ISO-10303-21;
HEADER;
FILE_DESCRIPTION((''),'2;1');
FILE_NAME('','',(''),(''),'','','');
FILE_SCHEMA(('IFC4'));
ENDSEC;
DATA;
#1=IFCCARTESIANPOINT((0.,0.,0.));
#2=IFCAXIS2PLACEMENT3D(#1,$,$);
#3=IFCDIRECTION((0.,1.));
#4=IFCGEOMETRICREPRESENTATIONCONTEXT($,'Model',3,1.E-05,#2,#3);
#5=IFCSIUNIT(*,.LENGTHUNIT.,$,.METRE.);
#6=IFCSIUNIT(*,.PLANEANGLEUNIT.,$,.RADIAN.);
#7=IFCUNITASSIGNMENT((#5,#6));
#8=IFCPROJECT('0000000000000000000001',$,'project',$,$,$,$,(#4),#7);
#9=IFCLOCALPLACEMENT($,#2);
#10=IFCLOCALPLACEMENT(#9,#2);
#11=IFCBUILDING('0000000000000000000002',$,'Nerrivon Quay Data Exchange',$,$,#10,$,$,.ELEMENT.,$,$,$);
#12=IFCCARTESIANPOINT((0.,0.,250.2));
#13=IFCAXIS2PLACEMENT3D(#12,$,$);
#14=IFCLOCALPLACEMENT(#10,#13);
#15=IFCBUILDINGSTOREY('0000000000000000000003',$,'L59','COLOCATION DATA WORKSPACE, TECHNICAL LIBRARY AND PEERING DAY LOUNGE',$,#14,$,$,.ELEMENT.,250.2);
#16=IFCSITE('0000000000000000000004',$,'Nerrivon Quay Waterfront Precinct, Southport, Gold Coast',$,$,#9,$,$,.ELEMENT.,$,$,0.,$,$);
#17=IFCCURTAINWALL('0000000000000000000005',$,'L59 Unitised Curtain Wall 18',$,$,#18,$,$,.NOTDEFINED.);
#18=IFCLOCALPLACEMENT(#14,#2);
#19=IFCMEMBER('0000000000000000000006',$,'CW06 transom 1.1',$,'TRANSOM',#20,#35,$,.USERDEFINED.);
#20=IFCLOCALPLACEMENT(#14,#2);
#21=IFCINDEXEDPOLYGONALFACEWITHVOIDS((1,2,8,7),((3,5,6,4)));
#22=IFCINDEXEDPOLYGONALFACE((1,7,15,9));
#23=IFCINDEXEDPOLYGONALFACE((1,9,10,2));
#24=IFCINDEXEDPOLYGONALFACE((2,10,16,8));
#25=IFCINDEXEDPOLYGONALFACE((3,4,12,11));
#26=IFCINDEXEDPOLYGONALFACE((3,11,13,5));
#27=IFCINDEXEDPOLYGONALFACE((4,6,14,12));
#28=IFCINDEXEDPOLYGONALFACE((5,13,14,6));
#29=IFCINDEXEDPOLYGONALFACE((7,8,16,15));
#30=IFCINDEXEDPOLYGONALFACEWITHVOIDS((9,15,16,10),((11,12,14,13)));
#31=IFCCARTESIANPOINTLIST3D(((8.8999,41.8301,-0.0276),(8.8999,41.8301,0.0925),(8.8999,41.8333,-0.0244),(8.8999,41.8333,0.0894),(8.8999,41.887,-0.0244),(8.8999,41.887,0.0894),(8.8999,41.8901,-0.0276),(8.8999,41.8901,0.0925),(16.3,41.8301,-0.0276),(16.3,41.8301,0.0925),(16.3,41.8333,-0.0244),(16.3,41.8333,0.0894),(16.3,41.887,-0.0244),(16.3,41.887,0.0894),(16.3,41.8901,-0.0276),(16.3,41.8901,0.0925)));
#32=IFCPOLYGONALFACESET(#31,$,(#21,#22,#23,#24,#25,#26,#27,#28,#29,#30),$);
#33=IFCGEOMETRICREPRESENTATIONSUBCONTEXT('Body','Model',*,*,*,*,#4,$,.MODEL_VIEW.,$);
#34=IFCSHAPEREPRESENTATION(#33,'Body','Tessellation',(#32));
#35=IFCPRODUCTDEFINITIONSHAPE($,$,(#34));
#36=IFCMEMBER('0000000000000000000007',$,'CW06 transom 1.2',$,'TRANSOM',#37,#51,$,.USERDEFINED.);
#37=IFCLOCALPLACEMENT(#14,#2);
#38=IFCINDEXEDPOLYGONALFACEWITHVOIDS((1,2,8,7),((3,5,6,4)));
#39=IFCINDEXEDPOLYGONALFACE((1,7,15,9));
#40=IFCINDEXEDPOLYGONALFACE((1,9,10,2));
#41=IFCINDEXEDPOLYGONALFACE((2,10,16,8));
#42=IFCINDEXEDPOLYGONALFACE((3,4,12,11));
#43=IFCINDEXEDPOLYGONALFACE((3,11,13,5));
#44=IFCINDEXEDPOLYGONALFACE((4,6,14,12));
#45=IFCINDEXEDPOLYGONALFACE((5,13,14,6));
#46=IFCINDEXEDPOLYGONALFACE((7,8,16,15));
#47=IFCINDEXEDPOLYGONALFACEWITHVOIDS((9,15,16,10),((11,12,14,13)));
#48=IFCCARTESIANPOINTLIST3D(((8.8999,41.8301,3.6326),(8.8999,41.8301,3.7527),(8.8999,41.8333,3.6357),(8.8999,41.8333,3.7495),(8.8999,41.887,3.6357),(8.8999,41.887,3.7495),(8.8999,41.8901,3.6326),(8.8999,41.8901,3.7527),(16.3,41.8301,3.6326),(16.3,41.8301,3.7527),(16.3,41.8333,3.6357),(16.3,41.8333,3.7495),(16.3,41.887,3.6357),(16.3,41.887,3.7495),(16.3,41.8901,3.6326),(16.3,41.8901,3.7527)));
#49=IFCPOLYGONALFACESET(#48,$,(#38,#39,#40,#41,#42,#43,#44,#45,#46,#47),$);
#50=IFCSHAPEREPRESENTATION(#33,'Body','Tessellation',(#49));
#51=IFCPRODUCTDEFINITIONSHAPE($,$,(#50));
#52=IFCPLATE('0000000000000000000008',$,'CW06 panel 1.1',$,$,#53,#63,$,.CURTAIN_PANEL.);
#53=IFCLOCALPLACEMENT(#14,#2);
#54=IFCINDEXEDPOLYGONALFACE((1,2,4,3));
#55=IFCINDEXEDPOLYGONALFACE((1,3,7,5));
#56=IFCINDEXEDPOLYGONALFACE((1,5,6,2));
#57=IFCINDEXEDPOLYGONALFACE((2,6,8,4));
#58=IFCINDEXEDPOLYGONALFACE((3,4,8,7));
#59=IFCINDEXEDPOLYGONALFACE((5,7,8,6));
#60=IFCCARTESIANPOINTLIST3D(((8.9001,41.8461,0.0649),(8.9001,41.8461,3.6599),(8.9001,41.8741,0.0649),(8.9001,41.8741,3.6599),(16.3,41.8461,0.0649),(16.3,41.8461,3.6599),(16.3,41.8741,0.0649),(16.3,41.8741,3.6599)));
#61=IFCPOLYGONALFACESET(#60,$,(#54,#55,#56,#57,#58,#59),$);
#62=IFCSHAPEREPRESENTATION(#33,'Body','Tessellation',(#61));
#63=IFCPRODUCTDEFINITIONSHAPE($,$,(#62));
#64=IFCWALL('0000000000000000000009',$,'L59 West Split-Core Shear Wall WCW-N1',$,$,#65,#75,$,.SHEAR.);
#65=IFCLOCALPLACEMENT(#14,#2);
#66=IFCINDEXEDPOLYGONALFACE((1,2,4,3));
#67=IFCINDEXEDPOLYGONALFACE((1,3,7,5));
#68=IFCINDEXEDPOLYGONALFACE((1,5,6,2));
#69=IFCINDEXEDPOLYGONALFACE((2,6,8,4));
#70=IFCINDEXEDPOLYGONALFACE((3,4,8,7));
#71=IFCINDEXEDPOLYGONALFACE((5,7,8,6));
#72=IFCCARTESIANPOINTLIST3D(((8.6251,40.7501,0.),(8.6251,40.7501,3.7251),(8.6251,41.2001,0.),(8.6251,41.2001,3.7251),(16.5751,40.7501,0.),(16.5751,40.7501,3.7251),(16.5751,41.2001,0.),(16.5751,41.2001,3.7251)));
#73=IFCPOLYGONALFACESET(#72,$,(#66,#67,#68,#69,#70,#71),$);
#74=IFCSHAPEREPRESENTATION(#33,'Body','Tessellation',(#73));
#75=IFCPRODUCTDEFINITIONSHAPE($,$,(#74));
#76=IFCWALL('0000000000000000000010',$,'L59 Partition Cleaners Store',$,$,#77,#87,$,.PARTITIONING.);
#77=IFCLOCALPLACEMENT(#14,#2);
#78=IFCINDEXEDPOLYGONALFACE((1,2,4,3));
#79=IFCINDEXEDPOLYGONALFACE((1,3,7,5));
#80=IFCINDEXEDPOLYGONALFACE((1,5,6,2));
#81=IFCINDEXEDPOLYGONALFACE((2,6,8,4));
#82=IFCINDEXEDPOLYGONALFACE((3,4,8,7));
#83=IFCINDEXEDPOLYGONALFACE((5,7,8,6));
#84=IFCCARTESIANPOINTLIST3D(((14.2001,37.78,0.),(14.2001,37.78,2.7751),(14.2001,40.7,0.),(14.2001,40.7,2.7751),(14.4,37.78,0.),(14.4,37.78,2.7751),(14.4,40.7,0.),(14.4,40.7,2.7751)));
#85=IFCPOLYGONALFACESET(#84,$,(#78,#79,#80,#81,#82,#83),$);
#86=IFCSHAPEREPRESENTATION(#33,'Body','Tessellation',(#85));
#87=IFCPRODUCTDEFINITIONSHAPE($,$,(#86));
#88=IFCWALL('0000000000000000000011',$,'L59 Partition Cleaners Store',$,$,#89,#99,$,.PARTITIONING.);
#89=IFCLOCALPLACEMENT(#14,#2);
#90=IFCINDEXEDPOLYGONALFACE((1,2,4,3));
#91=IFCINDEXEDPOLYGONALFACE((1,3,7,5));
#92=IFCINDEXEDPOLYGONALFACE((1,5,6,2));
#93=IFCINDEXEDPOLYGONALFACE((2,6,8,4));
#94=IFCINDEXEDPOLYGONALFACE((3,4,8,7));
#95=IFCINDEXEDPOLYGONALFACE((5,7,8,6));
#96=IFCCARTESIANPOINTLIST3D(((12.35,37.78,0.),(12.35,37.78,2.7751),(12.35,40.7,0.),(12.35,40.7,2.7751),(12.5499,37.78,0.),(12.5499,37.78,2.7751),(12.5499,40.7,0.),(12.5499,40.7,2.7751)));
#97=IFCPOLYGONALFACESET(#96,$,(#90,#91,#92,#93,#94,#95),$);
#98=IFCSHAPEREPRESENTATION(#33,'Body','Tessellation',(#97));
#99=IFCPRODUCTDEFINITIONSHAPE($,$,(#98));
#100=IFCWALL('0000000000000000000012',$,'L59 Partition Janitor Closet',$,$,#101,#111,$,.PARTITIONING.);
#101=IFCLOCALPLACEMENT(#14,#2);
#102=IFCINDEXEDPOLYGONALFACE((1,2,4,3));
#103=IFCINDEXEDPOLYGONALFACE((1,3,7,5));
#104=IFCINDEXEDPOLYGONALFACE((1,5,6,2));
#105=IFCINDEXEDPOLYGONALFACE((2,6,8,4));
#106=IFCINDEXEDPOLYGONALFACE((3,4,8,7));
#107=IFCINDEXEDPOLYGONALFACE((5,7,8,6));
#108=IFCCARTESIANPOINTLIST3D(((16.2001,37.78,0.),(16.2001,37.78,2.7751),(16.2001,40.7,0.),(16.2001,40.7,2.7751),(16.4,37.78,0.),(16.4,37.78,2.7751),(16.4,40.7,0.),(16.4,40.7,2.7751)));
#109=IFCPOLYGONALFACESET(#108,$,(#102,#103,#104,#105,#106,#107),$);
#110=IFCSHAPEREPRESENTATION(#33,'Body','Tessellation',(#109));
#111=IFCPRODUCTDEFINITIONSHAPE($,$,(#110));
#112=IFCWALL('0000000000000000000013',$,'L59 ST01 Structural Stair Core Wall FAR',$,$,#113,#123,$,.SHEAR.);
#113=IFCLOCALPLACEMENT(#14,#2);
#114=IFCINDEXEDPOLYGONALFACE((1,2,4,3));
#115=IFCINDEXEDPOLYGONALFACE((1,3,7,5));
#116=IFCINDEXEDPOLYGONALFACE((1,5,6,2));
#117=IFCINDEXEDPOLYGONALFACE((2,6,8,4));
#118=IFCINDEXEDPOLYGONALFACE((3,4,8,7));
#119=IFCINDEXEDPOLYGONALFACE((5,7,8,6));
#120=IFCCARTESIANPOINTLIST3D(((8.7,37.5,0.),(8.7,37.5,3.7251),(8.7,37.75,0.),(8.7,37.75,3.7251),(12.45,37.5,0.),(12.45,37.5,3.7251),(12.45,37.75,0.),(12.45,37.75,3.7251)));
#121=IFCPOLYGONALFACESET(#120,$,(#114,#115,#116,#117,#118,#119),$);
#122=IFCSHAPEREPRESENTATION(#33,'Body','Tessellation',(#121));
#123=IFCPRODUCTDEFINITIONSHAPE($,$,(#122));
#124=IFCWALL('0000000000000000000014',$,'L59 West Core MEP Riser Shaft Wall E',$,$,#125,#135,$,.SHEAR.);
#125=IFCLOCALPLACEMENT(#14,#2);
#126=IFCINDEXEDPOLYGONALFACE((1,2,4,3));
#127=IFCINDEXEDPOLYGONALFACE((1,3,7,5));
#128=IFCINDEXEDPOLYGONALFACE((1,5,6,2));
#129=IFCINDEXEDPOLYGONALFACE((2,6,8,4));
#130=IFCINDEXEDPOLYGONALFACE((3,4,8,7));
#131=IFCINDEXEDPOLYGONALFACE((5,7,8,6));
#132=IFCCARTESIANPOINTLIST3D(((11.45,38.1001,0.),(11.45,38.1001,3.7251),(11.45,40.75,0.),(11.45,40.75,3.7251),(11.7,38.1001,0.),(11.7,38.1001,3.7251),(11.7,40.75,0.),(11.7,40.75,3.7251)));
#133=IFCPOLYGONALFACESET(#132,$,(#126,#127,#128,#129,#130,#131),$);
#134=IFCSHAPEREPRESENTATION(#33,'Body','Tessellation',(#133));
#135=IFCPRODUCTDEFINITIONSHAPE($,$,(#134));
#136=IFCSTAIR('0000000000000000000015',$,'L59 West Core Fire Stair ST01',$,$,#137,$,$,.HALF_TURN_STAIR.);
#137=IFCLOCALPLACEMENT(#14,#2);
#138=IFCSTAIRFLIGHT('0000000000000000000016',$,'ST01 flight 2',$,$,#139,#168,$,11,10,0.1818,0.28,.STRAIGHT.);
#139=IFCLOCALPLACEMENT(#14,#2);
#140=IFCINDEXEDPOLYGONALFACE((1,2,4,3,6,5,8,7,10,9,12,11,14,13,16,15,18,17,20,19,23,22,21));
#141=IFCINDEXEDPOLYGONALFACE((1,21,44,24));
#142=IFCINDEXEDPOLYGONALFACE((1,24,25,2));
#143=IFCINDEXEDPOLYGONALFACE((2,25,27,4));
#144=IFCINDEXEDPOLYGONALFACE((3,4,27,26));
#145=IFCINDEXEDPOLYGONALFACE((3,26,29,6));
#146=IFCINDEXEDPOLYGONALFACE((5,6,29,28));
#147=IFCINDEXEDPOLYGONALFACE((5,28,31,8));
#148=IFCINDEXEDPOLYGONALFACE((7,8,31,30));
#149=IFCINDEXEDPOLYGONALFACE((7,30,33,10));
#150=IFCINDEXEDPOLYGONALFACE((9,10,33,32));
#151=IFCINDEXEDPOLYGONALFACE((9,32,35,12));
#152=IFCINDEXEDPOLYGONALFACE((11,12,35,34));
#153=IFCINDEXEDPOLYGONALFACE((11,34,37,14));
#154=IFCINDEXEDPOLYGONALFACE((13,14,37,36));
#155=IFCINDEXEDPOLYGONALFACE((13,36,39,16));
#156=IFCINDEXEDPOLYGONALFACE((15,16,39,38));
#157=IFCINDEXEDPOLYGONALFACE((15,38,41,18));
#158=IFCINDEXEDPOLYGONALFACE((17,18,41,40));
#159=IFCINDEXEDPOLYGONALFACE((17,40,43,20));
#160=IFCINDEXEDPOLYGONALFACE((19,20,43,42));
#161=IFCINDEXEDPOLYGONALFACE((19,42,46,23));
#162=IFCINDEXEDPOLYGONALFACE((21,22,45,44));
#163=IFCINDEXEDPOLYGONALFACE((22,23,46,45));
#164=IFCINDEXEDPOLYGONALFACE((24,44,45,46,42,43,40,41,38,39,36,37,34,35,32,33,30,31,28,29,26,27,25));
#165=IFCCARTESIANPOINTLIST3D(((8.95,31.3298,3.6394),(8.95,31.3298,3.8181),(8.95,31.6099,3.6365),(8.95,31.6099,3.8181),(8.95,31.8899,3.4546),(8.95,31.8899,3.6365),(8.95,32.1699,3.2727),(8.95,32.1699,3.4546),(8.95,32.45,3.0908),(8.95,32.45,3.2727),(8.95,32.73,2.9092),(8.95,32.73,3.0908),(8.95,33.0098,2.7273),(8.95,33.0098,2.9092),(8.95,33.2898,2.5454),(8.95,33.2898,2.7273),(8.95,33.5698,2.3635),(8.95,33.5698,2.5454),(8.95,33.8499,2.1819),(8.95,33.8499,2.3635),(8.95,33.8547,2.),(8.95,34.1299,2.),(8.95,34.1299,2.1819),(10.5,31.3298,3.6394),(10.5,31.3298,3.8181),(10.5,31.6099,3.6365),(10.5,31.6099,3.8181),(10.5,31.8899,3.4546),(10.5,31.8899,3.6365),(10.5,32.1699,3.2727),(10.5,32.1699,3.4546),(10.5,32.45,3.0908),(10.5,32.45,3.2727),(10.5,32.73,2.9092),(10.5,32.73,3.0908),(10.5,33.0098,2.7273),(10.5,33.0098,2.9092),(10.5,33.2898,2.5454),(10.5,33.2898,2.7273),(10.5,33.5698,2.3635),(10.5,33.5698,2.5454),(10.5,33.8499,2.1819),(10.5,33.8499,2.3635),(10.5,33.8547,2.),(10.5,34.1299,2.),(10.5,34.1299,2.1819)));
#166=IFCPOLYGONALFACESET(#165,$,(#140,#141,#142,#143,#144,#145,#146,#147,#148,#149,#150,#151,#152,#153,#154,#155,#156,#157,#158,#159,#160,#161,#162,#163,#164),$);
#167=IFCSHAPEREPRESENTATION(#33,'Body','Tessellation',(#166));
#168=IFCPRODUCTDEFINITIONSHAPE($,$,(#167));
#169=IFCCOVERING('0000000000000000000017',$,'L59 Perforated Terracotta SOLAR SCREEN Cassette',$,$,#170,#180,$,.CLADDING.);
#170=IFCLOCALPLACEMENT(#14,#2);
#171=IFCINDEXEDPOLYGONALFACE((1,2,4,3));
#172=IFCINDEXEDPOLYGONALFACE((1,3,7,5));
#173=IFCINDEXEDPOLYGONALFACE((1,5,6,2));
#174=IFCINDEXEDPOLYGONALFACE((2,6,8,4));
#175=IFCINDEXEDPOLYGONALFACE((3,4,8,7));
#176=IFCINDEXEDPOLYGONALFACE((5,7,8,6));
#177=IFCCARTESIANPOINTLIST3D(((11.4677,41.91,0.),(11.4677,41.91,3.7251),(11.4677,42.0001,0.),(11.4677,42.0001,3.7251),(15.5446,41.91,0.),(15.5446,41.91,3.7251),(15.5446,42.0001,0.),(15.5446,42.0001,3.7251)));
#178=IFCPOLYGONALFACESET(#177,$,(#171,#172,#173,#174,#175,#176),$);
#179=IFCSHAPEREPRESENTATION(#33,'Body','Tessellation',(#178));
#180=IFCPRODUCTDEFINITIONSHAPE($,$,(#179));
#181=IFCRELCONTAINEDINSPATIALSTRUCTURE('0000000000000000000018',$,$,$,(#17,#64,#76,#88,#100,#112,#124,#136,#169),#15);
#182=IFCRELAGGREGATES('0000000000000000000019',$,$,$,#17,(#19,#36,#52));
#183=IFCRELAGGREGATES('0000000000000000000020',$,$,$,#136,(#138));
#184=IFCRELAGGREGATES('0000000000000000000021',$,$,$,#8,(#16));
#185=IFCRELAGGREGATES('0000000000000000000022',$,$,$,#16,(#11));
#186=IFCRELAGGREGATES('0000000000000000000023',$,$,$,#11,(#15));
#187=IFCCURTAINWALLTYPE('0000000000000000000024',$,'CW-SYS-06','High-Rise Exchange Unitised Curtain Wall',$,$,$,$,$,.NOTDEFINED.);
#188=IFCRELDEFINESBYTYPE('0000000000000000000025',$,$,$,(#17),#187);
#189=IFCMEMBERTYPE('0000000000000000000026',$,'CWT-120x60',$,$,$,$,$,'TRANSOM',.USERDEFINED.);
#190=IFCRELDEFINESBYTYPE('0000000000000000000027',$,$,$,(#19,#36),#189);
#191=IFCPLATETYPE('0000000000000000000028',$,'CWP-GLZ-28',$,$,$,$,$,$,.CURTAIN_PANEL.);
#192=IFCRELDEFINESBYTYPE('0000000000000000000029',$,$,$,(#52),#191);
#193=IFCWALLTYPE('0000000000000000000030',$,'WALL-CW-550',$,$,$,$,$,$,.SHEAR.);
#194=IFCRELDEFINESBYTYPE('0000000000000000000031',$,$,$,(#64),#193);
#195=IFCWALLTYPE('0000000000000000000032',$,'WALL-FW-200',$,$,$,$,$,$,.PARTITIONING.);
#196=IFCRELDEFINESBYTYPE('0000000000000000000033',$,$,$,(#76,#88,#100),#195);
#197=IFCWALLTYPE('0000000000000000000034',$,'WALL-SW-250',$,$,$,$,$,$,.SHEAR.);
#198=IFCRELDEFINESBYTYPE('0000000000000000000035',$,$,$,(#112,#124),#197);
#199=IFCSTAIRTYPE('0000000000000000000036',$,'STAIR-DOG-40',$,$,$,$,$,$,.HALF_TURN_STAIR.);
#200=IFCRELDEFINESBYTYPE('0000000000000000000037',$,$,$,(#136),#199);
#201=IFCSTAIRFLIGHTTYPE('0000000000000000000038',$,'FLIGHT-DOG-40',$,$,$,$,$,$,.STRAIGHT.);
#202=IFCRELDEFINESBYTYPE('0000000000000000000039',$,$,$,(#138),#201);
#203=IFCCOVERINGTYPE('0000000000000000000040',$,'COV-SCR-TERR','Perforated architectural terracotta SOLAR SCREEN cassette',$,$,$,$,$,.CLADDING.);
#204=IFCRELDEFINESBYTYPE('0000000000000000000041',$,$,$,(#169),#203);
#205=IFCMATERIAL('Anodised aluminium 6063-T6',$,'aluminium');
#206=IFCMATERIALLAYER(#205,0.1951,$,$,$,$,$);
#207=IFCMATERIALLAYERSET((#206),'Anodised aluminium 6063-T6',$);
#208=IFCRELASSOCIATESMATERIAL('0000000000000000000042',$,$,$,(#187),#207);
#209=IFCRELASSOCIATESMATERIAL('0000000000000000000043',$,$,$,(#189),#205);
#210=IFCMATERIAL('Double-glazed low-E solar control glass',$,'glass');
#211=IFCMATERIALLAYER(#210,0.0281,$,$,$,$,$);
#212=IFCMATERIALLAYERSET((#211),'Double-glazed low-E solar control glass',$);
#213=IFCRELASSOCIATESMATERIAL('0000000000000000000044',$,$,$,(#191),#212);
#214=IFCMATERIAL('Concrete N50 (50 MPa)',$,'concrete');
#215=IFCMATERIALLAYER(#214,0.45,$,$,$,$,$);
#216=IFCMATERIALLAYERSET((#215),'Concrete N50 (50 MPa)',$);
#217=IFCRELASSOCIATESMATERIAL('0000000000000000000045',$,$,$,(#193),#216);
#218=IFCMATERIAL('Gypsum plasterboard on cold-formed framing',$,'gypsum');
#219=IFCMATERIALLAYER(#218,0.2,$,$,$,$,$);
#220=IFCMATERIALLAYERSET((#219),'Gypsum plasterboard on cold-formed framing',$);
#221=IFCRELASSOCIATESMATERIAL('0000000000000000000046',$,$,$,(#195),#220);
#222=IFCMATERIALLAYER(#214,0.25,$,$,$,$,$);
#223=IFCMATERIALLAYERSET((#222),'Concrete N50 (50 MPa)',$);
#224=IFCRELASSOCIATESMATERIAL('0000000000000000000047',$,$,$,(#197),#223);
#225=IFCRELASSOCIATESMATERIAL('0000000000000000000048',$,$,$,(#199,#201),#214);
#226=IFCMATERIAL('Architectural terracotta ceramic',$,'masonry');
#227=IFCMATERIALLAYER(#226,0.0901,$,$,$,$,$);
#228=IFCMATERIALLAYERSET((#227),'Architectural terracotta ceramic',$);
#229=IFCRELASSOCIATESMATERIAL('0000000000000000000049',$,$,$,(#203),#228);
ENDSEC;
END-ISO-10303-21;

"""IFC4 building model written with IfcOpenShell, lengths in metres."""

from ifc_helpers import new_model, si_unit, direction, frame, frame_2d, origin, origin_2d, place, context, subcontext, project, spatial, polyline, rectangle, hollow_rectangle, outline, extrude, material, layer, layer_set, material_profile, profile_set, type_object, element, aggregate, save


model = new_model("IFC4")

# Units and contexts
model_context = context("Model", 3, precision=1e-05, world=origin(), true_north=direction((0.0, 1.0)))
body_context = subcontext(model_context, "Body", "Model", "MODEL_VIEW")
ifc_project = project(units=[si_unit("LENGTHUNIT", "METRE"), si_unit("PLANEANGLEUNIT", "RADIAN")], contexts=[model_context])

# Site, building, storey
site_placement = place(None, origin())
site = spatial("IfcSite", under=ifc_project, at=site_placement, Name="Nerrivon Quay Waterfront Precinct, Southport, Gold Coast", CompositionType="ELEMENT", RefElevation=0.0)
building_placement = place(site_placement, origin())
building = spatial("IfcBuilding", under=site, at=building_placement, Name="Nerrivon Quay Data Exchange", CompositionType="ELEMENT")
storey_placement = place(building_placement, frame((0.0, 0.0, 250.2)))
storey = spatial("IfcBuildingStorey", under=building, at=storey_placement, Name="L59", Description="COLOCATION DATA WORKSPACE, TECHNICAL LIBRARY AND PEERING DAY LOUNGE", CompositionType="ELEMENT", Elevation=250.2)

# Shared definitions
ifc_material_1 = material(Name="Concrete N50 (50 MPa)", Category="concrete")

# Curtain wall, members, plate
ifc_material_2 = material(Name="Anodised aluminium 6063-T6", Category="aluminium")
ifc_layer_1 = layer(ifc_material_2, 0.1951)
ifc_layer_set_1 = layer_set([ifc_layer_1], Name="Anodised aluminium 6063-T6")
curtain_wall_type = type_object("IfcCurtainWallType", Name="CW-SYS-06", Description="High-Rise Exchange Unitised Curtain Wall", PredefinedType="NOTDEFINED", material=ifc_layer_set_1)
curtain_wall_placement = place(storey_placement, origin())
curtain_wall = element("IfcCurtainWall", 1, at=curtain_wall_placement, inside=storey, type_object=curtain_wall_type, Name="L59 Unitised Curtain Wall 18", PredefinedType="NOTDEFINED")
ifc_material_profile_1 = material_profile(ifc_material_2, hollow_rectangle(XDim=0.0601, YDim=0.1201, WallThickness=0.0032, at=origin_2d()), Name="ALU-TRAN-120x60")
ifc_profile_set_1 = profile_set([ifc_material_profile_1], Name="Anodised aluminium 6063-T6")
member_type_1 = type_object("IfcMemberType", Name="CWT-120x60", ElementType="TRANSOM", PredefinedType="USERDEFINED", material=ifc_profile_set_1)
member_1_placement = place(storey_placement, frame((8.8999, 41.8601, 0.0325), z_axis=(1.0, 0.0, 0.0), x_axis=(0.0, 1.0, 0.0)))
member_1 = element("IfcMember", 2, at=member_1_placement, type_object=member_type_1, Name="CW06 transom 1.1", ObjectType="TRANSOM", PredefinedType="USERDEFINED", context=body_context, shape_type="SweptSolid", body=[
    extrude(hollow_rectangle(XDim=0.0601, YDim=0.1201, WallThickness=0.0032, at=origin_2d()), origin(), (0.0, 0.0, 1.0), 7.4001),
])
member_2_placement = place(storey_placement, frame((8.8999, 41.8601, 3.6926), z_axis=(1.0, 0.0, 0.0), x_axis=(0.0, 1.0, 0.0)))
member_2 = element("IfcMember", 3, at=member_2_placement, type_object=member_type_1, Name="CW06 transom 1.2", ObjectType="TRANSOM", PredefinedType="USERDEFINED", context=body_context, shape_type="SweptSolid", body=[
    extrude(hollow_rectangle(XDim=0.0601, YDim=0.1201, WallThickness=0.0032, at=origin_2d()), origin(), (0.0, 0.0, 1.0), 7.4001),
])
ifc_material_3 = material(Name="Double-glazed low-E solar control glass", Category="glass")
ifc_layer_2 = layer(ifc_material_3, 0.0281)
ifc_layer_set_2 = layer_set([ifc_layer_2], Name="Double-glazed low-E solar control glass")
plate_type = type_object("IfcPlateType", Name="CWP-GLZ-28", PredefinedType="CURTAIN_PANEL", material=ifc_layer_set_2)
plate_placement = place(storey_placement, frame((12.6001, 41.8601, 0.0649), z_axis=(0.0, 0.0, 1.0), x_axis=(1.0, 0.0, 0.0)))
plate = element("IfcPlate", 4, at=plate_placement, type_object=plate_type, Name="CW06 panel 1.1", PredefinedType="CURTAIN_PANEL", context=body_context, shape_type="SweptSolid", body=[
    extrude(rectangle(XDim=7.3999, YDim=0.0281, at=origin_2d()), origin(), (0.0, 0.0, 1.0), 3.595),
])
aggregate(curtain_wall, [member_1, member_2, plate])

# Wall
ifc_layer_3 = layer(ifc_material_1, 0.45)
ifc_layer_set_3 = layer_set([ifc_layer_3], Name="Concrete N50 (50 MPa)")
wall_type_1 = type_object("IfcWallType", Name="WALL-CW-550", PredefinedType="SHEAR", material=ifc_layer_set_3)
wall_1_placement = place(storey_placement, frame((8.625, 40.9751, 0.0), z_axis=(0.0, 0.0, 1.0), x_axis=(1.0, 0.0, 0.0)))
element("IfcWall", 5, at=wall_1_placement, inside=storey, type_object=wall_type_1, Name="L59 West Split-Core Shear Wall WCW-N1", PredefinedType="SHEAR", context=body_context, shape_type="SweptSolid", body=[
    extrude(rectangle(XDim=7.95, YDim=0.45, at=frame_2d((3.9751, 0.0))), origin(), (0.0, 0.0, 1.0), 3.7251),
])

# Walls
ifc_material_4 = material(Name="Gypsum plasterboard on cold-formed framing", Category="gypsum")
ifc_layer_4 = layer(ifc_material_4, 0.2)
ifc_layer_set_4 = layer_set([ifc_layer_4], Name="Gypsum plasterboard on cold-formed framing")
wall_type_2 = type_object("IfcWallType", Name="WALL-FW-200", PredefinedType="PARTITIONING", material=ifc_layer_set_4)
for number, where, z_axis, x_axis, name in (
    (6, (14.3, 37.78, 0.0), (0.0, 0.0, 1.0), (0.0, 1.0, 0.0), "L59 Partition Cleaners Store"),
    (7, (12.45, 40.7, 0.0), (0.0, 0.0, 1.0), (0.0, -1.0, 0.0), "L59 Partition Cleaners Store"),
    (8, (16.3, 37.78, 0.0), (0.0, 0.0, 1.0), (0.0, 1.0, 0.0), "L59 Partition Janitor Closet"),
):
    element("IfcWall", number, at=place(storey_placement, frame(where, z_axis=z_axis, x_axis=x_axis)), inside=storey, type_object=wall_type_2, Name=name, PredefinedType="PARTITIONING", context=body_context, shape_type="SweptSolid", body=[
        extrude(rectangle(XDim=2.9199, YDim=0.2, at=frame_2d((1.46, 0.0))), origin(), (0.0, 0.0, 1.0), 2.7751),
    ])
ifc_layer_5 = layer(ifc_material_1, 0.25)
ifc_layer_set_5 = layer_set([ifc_layer_5], Name="Concrete N50 (50 MPa)")
wall_type_3 = type_object("IfcWallType", Name="WALL-SW-250", PredefinedType="SHEAR", material=ifc_layer_set_5)
wall_2_placement = place(storey_placement, frame((12.45, 37.625, 0.0), z_axis=(0.0, 0.0, 1.0), x_axis=(-1.0, 0.0, 0.0)))
element("IfcWall", 9, at=wall_2_placement, inside=storey, type_object=wall_type_3, Name="L59 ST01 Structural Stair Core Wall FAR", PredefinedType="SHEAR", context=body_context, shape_type="SweptSolid", body=[
    extrude(rectangle(XDim=3.75, YDim=0.25, at=frame_2d((1.875, 0.0))), origin(), (0.0, 0.0, 1.0), 3.7251),
])
wall_3_placement = place(storey_placement, frame((11.575, 38.1001, 0.0), z_axis=(0.0, 0.0, 1.0), x_axis=(0.0, 1.0, 0.0)))
element("IfcWall", 10, at=wall_3_placement, inside=storey, type_object=wall_type_3, Name="L59 West Core MEP Riser Shaft Wall E", PredefinedType="SHEAR", context=body_context, shape_type="SweptSolid", body=[
    extrude(rectangle(XDim=2.6499, YDim=0.25, at=frame_2d((1.325, 0.0))), origin(), (0.0, 0.0, 1.0), 3.7251),
])

# Stair, stair flight
stair_type = type_object("IfcStairType", Name="STAIR-DOG-40", PredefinedType="HALF_TURN_STAIR", material=ifc_material_1)
stair_placement = place(storey_placement, origin())
stair = element("IfcStair", 11, at=stair_placement, inside=storey, type_object=stair_type, Name="L59 West Core Fire Stair ST01", PredefinedType="HALF_TURN_STAIR")
stair_flight_type = type_object("IfcStairFlightType", Name="FLIGHT-DOG-40", PredefinedType="STRAIGHT", material=ifc_material_1)
stair_flight_placement = place(storey_placement, frame((9.7251, 34.1299, 2.0), z_axis=(0.0, 0.0, 1.0), x_axis=(0.0, -1.0, 0.0)))
stair_flight = element("IfcStairFlight", 12, at=stair_flight_placement, type_object=stair_flight_type, Name="ST01 flight 2", NumberOfRisers=11, NumberOfTreads=10, PredefinedType="STRAIGHT", RiserHeight=0.1818, TreadLength=0.28, context=body_context, shape_type="SweptSolid", body=[
    extrude(outline(polyline([(0.0, 0.0), (0.0, 0.1819), (0.28, 0.1819), (0.28, 0.3635), (0.5601, 0.3635), (0.5601, 0.5454), (0.8401, 0.5454), (0.8401, 0.7273), (1.1201, 0.7273), (1.1201, 0.9092), (1.3999, 0.9092), (1.3999, 1.0908), (1.6799, 1.0908), (1.6799, 1.2727), (1.96, 1.2727), (1.96, 1.4546), (2.24, 1.4546), (2.24, 1.6365), (2.52, 1.6365), (2.52, 1.8181), (2.8, 1.8181), (2.8, 2.0), (2.8, 1.6394), (0.2751, 0.0), (0.0, 0.0)])), frame((0.0, 0.7749, 0.0), z_axis=(0.0, -1.0, 0.0), x_axis=(1.0, 0.0, 0.0)), (0.0, 0.0, 1.0), 1.55),
])
aggregate(stair, [stair_flight])

# Covering
ifc_material_5 = material(Name="Architectural terracotta ceramic", Category="masonry")
ifc_layer_6 = layer(ifc_material_5, 0.0901)
ifc_layer_set_6 = layer_set([ifc_layer_6], Name="Architectural terracotta ceramic")
covering_type = type_object("IfcCoveringType", Name="COV-SCR-TERR", Description="Perforated architectural terracotta SOLAR SCREEN cassette", PredefinedType="CLADDING", material=ifc_layer_set_6)
covering_placement = place(storey_placement, frame((13.5061, 41.9551, 0.0), z_axis=(0.0, 0.0, 1.0), x_axis=(1.0, 0.0, 0.0)))
element("IfcCovering", 13, at=covering_placement, inside=storey, type_object=covering_type, Name="L59 Perforated Terracotta SOLAR SCREEN Cassette", PredefinedType="CLADDING", context=body_context, shape_type="SweptSolid", body=[
    extrude(rectangle(XDim=4.0769, YDim=0.0901, at=origin_2d()), origin(), (0.0, 0.0, 1.0), 3.7251),
])

save(model, "model.ifc")
